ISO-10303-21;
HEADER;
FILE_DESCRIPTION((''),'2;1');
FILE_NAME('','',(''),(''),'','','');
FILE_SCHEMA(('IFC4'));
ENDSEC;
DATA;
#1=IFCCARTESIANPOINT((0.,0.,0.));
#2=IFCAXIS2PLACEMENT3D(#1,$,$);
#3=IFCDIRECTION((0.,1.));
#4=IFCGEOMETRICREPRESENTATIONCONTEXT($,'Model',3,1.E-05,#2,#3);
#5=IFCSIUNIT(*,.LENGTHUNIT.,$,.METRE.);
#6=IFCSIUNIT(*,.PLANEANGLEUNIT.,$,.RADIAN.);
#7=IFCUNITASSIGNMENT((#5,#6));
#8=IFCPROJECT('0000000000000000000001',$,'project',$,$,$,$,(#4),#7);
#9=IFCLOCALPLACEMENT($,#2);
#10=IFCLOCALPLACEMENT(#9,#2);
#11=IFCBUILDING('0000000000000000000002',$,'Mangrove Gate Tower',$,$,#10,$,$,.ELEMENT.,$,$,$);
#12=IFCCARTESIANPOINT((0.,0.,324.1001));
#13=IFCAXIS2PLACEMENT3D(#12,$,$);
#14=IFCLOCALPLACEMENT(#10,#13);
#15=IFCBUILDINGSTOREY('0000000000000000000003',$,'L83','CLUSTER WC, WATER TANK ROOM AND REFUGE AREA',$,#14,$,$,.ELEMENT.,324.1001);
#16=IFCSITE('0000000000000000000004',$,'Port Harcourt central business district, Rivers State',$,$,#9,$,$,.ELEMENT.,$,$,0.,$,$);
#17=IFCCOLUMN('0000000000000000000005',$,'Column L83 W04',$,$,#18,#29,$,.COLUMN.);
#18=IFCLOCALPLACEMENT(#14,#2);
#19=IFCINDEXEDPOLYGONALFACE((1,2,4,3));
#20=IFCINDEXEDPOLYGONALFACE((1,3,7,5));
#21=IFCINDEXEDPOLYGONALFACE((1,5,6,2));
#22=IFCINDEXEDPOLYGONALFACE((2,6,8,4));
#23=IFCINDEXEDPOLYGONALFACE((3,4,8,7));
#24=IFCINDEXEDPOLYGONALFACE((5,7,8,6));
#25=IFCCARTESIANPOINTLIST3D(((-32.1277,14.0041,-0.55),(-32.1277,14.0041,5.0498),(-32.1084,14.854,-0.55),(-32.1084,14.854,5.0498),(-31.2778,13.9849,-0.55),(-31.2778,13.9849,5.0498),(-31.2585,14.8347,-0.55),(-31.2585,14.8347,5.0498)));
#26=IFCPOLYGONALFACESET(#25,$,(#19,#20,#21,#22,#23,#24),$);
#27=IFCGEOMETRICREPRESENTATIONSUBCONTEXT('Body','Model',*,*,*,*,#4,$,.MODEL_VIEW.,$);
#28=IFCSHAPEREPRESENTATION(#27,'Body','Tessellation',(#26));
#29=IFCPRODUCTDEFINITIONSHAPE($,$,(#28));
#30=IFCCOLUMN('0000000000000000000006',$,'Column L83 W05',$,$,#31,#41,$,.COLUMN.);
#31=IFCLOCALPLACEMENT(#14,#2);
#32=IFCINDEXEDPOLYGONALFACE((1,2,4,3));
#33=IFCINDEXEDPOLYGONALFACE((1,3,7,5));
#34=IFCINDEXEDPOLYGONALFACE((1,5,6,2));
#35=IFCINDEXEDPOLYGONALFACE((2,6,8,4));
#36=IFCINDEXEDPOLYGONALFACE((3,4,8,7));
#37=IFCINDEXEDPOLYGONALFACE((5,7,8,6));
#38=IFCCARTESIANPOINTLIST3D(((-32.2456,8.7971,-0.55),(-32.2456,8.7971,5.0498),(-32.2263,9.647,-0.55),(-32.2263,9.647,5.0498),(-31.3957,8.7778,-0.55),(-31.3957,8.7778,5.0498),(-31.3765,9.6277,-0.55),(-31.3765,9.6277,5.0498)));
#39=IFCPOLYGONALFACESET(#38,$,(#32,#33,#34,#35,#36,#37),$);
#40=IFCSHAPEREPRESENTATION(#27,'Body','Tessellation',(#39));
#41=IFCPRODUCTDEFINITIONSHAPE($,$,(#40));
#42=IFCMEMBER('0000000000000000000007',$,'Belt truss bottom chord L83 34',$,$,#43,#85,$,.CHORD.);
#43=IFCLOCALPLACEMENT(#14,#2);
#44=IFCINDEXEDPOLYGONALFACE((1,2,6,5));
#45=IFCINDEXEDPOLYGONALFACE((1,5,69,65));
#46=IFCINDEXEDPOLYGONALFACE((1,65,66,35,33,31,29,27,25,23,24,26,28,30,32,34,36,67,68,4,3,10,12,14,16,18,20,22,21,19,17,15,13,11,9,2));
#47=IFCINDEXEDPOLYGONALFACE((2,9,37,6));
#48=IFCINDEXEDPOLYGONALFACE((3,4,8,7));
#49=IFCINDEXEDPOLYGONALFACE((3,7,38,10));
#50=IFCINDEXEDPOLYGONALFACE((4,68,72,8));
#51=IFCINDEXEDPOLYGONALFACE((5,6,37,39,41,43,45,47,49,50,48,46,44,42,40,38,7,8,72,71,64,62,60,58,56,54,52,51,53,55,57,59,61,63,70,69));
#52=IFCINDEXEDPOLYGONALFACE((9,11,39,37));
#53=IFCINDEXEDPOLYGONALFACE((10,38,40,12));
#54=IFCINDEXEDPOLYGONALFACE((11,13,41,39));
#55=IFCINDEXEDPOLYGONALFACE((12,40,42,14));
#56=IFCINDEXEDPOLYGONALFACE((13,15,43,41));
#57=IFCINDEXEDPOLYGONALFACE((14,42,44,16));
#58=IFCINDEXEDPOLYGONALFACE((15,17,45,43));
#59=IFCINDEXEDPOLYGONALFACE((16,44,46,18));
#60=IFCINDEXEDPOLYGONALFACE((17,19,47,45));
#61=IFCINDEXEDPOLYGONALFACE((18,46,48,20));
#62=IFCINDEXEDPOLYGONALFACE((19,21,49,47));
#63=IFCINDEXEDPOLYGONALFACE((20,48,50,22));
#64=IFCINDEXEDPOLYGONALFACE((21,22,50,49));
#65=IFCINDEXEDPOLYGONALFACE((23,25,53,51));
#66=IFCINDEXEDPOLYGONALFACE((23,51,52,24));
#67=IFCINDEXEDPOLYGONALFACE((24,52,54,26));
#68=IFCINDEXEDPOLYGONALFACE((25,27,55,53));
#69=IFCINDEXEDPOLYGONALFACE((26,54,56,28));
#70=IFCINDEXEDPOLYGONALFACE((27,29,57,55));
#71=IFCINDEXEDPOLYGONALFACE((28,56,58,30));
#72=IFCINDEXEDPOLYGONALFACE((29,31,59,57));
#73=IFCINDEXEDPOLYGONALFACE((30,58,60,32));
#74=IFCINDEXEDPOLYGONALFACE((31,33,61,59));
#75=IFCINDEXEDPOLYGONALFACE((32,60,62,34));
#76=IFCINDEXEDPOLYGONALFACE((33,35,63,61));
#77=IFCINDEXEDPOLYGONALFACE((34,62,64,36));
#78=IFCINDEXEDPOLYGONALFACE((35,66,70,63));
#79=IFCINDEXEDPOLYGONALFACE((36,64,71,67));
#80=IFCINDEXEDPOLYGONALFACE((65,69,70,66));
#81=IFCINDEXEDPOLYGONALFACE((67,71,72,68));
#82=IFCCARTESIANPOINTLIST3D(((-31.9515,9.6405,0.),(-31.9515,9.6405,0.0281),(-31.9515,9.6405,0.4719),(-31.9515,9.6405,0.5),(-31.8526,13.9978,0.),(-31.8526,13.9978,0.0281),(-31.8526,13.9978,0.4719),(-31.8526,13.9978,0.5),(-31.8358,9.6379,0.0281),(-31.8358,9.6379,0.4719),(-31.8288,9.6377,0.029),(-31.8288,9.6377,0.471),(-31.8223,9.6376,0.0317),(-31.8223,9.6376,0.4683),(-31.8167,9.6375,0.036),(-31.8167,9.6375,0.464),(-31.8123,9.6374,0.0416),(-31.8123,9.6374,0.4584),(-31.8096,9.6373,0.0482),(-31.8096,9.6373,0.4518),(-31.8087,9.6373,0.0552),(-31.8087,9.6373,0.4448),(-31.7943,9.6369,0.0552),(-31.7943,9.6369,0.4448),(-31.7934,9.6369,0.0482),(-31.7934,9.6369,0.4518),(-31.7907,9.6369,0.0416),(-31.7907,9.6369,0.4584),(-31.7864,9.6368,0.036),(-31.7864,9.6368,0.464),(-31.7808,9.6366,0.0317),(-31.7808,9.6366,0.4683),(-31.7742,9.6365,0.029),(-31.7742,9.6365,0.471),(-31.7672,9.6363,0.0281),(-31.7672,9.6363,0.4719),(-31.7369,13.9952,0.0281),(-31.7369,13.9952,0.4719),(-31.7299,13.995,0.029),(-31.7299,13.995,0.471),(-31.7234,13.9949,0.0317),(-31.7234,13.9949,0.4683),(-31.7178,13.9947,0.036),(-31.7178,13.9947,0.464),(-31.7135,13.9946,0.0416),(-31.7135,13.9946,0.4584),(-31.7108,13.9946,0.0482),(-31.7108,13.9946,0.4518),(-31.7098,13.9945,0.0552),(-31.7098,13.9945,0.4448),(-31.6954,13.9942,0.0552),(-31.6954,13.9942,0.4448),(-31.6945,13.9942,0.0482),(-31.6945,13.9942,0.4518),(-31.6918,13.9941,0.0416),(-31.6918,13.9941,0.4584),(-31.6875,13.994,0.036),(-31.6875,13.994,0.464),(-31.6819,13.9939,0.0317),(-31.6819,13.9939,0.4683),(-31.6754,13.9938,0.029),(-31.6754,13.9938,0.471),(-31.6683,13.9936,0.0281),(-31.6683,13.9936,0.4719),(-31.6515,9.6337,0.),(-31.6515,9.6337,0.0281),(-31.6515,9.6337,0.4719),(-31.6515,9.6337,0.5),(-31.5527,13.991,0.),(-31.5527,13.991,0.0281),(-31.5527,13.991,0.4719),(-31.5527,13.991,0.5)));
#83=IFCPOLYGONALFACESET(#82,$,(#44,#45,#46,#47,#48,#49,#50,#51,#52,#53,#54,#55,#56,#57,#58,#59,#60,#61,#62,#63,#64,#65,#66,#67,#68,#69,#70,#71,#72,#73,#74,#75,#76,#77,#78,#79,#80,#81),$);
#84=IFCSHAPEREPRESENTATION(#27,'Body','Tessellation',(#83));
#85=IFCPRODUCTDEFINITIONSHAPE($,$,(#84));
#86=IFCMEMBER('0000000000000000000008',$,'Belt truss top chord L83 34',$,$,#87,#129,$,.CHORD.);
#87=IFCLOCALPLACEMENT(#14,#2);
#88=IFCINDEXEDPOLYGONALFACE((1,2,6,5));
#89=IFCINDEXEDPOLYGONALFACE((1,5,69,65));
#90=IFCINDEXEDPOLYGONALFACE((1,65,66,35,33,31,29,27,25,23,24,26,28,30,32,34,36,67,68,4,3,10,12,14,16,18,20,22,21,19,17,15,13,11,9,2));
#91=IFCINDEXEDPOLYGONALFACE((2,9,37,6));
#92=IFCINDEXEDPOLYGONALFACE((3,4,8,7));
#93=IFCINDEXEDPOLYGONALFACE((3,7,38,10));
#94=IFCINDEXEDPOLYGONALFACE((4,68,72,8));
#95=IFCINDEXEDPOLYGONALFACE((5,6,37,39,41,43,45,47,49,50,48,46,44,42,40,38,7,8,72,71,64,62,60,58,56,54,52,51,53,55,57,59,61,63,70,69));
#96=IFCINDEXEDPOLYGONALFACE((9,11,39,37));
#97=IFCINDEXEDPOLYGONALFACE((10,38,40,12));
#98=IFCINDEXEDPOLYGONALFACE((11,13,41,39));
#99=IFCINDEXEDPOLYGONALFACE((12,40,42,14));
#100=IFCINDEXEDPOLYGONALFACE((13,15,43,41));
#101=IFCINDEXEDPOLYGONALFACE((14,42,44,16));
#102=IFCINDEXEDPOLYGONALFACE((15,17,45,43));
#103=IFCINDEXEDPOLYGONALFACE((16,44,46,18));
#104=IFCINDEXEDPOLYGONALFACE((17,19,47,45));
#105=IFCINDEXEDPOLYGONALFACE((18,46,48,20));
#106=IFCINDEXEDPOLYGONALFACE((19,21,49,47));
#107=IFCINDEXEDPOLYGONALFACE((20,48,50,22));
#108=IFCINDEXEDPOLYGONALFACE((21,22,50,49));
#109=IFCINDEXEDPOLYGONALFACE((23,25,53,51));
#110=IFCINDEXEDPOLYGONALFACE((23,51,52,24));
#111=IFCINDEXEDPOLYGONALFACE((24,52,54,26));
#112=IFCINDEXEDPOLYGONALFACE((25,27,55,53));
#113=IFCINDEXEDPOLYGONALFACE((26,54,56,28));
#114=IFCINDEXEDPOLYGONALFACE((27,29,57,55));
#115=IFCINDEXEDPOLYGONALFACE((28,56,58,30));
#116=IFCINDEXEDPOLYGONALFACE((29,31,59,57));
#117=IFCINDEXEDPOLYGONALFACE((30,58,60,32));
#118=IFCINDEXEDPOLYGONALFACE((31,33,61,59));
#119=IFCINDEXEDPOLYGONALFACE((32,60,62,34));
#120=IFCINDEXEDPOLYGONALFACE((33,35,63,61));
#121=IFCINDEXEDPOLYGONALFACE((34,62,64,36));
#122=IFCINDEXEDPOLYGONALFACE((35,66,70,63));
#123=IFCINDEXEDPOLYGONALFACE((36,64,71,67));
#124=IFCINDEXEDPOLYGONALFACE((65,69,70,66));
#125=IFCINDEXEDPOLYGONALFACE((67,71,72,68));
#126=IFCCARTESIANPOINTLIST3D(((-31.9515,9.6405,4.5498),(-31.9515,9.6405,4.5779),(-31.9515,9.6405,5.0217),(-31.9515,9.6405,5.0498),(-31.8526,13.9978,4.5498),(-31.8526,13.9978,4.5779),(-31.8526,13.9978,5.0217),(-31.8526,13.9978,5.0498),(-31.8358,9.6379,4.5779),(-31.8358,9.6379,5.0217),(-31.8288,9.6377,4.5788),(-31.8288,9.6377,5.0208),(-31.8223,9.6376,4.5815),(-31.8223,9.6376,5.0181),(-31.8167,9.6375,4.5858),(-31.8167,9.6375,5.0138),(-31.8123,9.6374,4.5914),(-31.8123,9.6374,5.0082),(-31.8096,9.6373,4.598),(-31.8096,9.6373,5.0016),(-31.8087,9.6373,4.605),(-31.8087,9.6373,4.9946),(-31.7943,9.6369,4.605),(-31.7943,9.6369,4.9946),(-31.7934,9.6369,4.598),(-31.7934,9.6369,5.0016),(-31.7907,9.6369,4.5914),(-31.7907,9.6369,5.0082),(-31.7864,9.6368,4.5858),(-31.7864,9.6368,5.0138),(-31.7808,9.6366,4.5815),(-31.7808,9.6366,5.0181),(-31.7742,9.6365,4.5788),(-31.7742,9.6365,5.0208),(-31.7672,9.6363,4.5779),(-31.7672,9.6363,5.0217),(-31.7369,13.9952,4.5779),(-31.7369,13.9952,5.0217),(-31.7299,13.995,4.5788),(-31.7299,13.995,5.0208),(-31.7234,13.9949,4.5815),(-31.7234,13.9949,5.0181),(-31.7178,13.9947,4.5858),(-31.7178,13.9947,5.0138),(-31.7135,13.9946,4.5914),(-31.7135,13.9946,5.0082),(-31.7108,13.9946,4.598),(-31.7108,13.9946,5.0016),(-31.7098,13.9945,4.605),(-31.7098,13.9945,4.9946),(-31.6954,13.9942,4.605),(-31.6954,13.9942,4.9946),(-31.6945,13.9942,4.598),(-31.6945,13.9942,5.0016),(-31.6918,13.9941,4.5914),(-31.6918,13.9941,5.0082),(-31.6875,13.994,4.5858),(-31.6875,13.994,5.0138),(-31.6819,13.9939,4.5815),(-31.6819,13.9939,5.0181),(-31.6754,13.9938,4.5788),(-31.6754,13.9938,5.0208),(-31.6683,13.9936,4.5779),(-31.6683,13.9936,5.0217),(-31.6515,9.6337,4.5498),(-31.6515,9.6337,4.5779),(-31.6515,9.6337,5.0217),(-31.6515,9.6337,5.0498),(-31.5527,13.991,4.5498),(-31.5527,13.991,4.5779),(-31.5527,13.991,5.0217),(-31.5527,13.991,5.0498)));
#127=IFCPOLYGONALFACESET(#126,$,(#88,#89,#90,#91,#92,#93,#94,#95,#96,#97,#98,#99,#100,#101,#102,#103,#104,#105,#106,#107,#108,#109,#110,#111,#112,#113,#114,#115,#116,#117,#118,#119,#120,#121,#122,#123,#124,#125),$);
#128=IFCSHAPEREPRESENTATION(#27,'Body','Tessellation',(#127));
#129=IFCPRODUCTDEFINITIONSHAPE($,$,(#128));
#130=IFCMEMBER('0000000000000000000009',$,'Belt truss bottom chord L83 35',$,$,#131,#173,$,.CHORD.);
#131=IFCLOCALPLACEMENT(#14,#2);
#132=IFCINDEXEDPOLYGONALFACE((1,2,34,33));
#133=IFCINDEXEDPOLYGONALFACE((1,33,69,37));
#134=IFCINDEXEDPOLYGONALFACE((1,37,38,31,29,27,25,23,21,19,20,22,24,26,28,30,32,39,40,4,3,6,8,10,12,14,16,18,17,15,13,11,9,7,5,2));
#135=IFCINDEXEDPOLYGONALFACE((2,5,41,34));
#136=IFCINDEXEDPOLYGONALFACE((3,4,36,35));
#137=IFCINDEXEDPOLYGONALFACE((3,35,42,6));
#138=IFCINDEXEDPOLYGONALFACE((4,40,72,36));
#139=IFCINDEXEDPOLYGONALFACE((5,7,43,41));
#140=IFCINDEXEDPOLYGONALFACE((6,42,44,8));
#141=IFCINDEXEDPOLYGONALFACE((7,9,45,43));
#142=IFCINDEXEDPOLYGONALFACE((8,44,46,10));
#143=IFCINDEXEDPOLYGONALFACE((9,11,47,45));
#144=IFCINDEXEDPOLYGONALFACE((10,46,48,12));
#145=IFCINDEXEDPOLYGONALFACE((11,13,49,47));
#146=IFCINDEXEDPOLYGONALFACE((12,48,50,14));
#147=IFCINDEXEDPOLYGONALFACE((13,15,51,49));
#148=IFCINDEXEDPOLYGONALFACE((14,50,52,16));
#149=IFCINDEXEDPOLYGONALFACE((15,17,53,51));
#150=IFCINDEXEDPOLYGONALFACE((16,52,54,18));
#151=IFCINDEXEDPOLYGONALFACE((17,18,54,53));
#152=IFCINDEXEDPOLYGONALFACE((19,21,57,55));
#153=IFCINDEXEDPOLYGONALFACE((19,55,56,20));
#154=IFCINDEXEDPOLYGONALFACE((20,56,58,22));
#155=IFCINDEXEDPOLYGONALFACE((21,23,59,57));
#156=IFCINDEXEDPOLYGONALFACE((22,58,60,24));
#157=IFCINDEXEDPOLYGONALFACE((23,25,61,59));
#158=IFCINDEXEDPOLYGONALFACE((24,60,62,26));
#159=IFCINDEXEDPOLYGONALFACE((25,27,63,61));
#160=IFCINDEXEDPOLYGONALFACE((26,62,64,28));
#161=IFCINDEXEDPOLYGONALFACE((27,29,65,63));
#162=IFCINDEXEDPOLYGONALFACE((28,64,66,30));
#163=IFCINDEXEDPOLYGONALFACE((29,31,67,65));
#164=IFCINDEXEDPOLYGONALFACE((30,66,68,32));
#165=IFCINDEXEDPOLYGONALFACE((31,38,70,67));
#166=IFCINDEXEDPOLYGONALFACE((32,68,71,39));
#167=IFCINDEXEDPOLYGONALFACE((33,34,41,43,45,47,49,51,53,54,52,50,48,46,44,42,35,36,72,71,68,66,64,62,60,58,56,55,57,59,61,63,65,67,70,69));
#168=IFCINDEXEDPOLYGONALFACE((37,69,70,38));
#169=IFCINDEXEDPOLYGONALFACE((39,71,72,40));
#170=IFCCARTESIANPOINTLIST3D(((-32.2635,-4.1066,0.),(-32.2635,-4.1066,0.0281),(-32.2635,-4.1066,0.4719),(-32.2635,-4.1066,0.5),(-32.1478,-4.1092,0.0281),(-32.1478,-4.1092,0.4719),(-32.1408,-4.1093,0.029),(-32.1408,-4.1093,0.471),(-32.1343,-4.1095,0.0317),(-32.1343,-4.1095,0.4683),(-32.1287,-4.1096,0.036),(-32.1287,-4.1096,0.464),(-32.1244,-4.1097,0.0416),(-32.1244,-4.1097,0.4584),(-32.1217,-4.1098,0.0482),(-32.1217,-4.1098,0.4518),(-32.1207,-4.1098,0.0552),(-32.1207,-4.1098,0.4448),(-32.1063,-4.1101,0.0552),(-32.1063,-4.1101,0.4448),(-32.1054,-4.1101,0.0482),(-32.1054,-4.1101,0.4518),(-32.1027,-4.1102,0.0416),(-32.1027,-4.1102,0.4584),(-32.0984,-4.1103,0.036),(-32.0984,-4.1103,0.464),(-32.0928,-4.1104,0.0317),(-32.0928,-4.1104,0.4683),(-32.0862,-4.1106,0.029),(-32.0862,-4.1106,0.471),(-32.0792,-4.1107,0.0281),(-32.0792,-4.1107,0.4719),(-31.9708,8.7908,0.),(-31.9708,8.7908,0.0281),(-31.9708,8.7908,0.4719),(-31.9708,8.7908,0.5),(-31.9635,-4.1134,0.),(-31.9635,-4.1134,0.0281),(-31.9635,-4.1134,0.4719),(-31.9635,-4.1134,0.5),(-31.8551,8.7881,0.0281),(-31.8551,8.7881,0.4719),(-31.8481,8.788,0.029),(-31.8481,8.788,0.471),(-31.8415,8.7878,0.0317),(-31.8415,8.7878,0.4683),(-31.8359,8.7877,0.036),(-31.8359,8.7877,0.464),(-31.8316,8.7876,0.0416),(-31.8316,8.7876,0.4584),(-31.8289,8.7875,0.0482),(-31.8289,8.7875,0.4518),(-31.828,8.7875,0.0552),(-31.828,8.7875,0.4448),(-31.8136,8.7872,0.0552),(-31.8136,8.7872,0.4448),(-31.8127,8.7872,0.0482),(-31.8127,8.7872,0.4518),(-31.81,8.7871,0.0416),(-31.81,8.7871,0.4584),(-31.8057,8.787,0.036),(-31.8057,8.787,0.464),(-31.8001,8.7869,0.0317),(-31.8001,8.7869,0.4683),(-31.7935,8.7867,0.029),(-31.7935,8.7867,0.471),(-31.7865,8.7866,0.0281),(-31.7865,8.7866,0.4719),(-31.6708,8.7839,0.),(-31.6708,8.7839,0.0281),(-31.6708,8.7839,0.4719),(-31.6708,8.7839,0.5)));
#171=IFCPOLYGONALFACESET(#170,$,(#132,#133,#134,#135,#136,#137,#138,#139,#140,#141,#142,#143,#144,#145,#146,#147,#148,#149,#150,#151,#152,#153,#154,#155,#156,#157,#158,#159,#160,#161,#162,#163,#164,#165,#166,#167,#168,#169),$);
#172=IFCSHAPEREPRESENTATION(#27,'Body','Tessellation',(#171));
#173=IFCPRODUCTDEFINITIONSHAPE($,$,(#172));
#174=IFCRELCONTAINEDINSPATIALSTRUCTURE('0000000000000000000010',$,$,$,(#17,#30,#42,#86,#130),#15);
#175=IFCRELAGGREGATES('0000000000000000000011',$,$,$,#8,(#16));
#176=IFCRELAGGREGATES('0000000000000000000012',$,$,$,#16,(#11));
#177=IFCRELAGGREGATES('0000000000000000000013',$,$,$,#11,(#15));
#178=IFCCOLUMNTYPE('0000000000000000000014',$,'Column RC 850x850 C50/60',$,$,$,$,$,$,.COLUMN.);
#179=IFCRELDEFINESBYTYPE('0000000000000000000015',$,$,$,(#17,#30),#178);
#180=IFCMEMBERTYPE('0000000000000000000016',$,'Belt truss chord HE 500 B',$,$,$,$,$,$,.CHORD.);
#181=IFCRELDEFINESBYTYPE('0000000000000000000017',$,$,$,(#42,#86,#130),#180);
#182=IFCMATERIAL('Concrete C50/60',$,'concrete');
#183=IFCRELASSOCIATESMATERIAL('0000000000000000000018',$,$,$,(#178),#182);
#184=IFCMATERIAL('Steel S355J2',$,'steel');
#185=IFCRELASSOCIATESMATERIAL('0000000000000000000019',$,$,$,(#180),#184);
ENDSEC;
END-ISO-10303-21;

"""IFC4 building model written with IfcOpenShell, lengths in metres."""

from ifc_helpers import new_model, si_unit, direction, frame, origin, origin_2d, place, context, subcontext, project, spatial, rectangle, i_section, extrude, material, material_profile, profile_set, type_object, element, save


model = new_model("IFC4")

# Units and contexts
model_context = context("Model", 3, precision=1e-05, world=origin(), true_north=direction((0.0, 1.0)))
body_context = subcontext(model_context, "Body", "Model", "MODEL_VIEW")
ifc_project = project(units=[si_unit("LENGTHUNIT", "METRE"), si_unit("PLANEANGLEUNIT", "RADIAN")], contexts=[model_context])

# Site, building, storey
site_placement = place(None, origin())
site = spatial("IfcSite", under=ifc_project, at=site_placement, Name="Port Harcourt central business district, Rivers State", CompositionType="ELEMENT", RefElevation=0.0)
building_placement = place(site_placement, origin())
building = spatial("IfcBuilding", under=site, at=building_placement, Name="Mangrove Gate Tower", CompositionType="ELEMENT")
storey_placement = place(building_placement, frame((0.0, 0.0, 324.1001)))
storey = spatial("IfcBuildingStorey", under=building, at=storey_placement, Name="L83", Description="CLUSTER WC, WATER TANK ROOM AND REFUGE AREA", CompositionType="ELEMENT", Elevation=324.1001)

# Columns
ifc_material_1 = material(Name="Concrete C50/60", Category="concrete")
ifc_material_profile_1 = material_profile(ifc_material_1, rectangle(XDim=0.8501, YDim=0.8501, at=origin_2d()))
ifc_profile_set_1 = profile_set([ifc_material_profile_1], Name="Concrete C50/60")
column_type = type_object("IfcColumnType", Name="Column RC 850x850 C50/60", PredefinedType="COLUMN", material=ifc_profile_set_1)
for number, where, z_axis, x_axis, name in (
    (1, (-31.6931, 14.4194, -0.55), (0.0, 0.0, 1.0), (-0.022656, -0.999743, 0.0), "Column L83 W04"),
    (2, (-31.811, 9.2124, -0.55), (0.0, 0.0, 1.0), (-0.022681, -0.999743, 0.0), "Column L83 W05"),
):
    element("IfcColumn", number, at=place(storey_placement, frame(where, z_axis=z_axis, x_axis=x_axis)), inside=storey, type_object=column_type, Name=name, PredefinedType="COLUMN", context=body_context, shape_type="SweptSolid", body=[
        extrude(rectangle(XDim=0.8501, YDim=0.8501, at=origin_2d()), origin(), (0.0, 0.0, 1.0), 5.5999),
    ])

# Members
ifc_material_2 = material(Name="Steel S355J2", Category="steel")
ifc_material_profile_2 = material_profile(ifc_material_2, i_section(OverallWidth=0.3, OverallDepth=0.5, WebThickness=0.0144, FlangeThickness=0.0281, FilletRadius=0.0271, at=origin_2d()))
ifc_profile_set_2 = profile_set([ifc_material_profile_2], Name="Steel S355J2")
member_type_1 = type_object("IfcMemberType", Name="Belt truss chord HE 500 B", PredefinedType="CHORD", material=ifc_profile_set_2)
for number, where, z_axis, x_axis, name in (
    (3, (-31.7026, 13.9944, 0.25), (-0.022687, -0.999743, 0.0), (0.999743, -0.022687, 0.0), "Belt truss bottom chord L83 34"),
    (4, (-31.7026, 13.9944, 4.7998), (-0.022687, -0.999743, 0.0), (0.999743, -0.022687, 0.0), "Belt truss top chord L83 34"),
):
    element("IfcMember", number, at=place(storey_placement, frame(where, z_axis=z_axis, x_axis=x_axis)), inside=storey, type_object=member_type_1, Name=name, PredefinedType="CHORD", context=body_context, shape_type="SweptSolid", body=[
        extrude(i_section(OverallWidth=0.3, OverallDepth=0.5, WebThickness=0.0144, FlangeThickness=0.0281, FilletRadius=0.0271, at=origin_2d()), origin(), (0.0, 0.0, 1.0), 4.3584),
    ])
for number, where, z_axis, x_axis, name in (
    (5, (-31.8208, 8.7874, 0.25), (-0.022691, -0.999743, 0.0), (0.999743, -0.022691, 0.0), "Belt truss bottom chord L83 35"),
):
    element("IfcMember", number, at=place(storey_placement, frame(where, z_axis=z_axis, x_axis=x_axis)), inside=storey, type_object=member_type_1, Name=name, PredefinedType="CHORD", context=body_context, shape_type="SweptSolid", body=[
        extrude(i_section(OverallWidth=0.3, OverallDepth=0.5, WebThickness=0.0144, FlangeThickness=0.0281, FilletRadius=0.0271, at=origin_2d()), origin(), (0.0, 0.0, 1.0), 12.9006),
    ])

save(model, "model.ifc")
